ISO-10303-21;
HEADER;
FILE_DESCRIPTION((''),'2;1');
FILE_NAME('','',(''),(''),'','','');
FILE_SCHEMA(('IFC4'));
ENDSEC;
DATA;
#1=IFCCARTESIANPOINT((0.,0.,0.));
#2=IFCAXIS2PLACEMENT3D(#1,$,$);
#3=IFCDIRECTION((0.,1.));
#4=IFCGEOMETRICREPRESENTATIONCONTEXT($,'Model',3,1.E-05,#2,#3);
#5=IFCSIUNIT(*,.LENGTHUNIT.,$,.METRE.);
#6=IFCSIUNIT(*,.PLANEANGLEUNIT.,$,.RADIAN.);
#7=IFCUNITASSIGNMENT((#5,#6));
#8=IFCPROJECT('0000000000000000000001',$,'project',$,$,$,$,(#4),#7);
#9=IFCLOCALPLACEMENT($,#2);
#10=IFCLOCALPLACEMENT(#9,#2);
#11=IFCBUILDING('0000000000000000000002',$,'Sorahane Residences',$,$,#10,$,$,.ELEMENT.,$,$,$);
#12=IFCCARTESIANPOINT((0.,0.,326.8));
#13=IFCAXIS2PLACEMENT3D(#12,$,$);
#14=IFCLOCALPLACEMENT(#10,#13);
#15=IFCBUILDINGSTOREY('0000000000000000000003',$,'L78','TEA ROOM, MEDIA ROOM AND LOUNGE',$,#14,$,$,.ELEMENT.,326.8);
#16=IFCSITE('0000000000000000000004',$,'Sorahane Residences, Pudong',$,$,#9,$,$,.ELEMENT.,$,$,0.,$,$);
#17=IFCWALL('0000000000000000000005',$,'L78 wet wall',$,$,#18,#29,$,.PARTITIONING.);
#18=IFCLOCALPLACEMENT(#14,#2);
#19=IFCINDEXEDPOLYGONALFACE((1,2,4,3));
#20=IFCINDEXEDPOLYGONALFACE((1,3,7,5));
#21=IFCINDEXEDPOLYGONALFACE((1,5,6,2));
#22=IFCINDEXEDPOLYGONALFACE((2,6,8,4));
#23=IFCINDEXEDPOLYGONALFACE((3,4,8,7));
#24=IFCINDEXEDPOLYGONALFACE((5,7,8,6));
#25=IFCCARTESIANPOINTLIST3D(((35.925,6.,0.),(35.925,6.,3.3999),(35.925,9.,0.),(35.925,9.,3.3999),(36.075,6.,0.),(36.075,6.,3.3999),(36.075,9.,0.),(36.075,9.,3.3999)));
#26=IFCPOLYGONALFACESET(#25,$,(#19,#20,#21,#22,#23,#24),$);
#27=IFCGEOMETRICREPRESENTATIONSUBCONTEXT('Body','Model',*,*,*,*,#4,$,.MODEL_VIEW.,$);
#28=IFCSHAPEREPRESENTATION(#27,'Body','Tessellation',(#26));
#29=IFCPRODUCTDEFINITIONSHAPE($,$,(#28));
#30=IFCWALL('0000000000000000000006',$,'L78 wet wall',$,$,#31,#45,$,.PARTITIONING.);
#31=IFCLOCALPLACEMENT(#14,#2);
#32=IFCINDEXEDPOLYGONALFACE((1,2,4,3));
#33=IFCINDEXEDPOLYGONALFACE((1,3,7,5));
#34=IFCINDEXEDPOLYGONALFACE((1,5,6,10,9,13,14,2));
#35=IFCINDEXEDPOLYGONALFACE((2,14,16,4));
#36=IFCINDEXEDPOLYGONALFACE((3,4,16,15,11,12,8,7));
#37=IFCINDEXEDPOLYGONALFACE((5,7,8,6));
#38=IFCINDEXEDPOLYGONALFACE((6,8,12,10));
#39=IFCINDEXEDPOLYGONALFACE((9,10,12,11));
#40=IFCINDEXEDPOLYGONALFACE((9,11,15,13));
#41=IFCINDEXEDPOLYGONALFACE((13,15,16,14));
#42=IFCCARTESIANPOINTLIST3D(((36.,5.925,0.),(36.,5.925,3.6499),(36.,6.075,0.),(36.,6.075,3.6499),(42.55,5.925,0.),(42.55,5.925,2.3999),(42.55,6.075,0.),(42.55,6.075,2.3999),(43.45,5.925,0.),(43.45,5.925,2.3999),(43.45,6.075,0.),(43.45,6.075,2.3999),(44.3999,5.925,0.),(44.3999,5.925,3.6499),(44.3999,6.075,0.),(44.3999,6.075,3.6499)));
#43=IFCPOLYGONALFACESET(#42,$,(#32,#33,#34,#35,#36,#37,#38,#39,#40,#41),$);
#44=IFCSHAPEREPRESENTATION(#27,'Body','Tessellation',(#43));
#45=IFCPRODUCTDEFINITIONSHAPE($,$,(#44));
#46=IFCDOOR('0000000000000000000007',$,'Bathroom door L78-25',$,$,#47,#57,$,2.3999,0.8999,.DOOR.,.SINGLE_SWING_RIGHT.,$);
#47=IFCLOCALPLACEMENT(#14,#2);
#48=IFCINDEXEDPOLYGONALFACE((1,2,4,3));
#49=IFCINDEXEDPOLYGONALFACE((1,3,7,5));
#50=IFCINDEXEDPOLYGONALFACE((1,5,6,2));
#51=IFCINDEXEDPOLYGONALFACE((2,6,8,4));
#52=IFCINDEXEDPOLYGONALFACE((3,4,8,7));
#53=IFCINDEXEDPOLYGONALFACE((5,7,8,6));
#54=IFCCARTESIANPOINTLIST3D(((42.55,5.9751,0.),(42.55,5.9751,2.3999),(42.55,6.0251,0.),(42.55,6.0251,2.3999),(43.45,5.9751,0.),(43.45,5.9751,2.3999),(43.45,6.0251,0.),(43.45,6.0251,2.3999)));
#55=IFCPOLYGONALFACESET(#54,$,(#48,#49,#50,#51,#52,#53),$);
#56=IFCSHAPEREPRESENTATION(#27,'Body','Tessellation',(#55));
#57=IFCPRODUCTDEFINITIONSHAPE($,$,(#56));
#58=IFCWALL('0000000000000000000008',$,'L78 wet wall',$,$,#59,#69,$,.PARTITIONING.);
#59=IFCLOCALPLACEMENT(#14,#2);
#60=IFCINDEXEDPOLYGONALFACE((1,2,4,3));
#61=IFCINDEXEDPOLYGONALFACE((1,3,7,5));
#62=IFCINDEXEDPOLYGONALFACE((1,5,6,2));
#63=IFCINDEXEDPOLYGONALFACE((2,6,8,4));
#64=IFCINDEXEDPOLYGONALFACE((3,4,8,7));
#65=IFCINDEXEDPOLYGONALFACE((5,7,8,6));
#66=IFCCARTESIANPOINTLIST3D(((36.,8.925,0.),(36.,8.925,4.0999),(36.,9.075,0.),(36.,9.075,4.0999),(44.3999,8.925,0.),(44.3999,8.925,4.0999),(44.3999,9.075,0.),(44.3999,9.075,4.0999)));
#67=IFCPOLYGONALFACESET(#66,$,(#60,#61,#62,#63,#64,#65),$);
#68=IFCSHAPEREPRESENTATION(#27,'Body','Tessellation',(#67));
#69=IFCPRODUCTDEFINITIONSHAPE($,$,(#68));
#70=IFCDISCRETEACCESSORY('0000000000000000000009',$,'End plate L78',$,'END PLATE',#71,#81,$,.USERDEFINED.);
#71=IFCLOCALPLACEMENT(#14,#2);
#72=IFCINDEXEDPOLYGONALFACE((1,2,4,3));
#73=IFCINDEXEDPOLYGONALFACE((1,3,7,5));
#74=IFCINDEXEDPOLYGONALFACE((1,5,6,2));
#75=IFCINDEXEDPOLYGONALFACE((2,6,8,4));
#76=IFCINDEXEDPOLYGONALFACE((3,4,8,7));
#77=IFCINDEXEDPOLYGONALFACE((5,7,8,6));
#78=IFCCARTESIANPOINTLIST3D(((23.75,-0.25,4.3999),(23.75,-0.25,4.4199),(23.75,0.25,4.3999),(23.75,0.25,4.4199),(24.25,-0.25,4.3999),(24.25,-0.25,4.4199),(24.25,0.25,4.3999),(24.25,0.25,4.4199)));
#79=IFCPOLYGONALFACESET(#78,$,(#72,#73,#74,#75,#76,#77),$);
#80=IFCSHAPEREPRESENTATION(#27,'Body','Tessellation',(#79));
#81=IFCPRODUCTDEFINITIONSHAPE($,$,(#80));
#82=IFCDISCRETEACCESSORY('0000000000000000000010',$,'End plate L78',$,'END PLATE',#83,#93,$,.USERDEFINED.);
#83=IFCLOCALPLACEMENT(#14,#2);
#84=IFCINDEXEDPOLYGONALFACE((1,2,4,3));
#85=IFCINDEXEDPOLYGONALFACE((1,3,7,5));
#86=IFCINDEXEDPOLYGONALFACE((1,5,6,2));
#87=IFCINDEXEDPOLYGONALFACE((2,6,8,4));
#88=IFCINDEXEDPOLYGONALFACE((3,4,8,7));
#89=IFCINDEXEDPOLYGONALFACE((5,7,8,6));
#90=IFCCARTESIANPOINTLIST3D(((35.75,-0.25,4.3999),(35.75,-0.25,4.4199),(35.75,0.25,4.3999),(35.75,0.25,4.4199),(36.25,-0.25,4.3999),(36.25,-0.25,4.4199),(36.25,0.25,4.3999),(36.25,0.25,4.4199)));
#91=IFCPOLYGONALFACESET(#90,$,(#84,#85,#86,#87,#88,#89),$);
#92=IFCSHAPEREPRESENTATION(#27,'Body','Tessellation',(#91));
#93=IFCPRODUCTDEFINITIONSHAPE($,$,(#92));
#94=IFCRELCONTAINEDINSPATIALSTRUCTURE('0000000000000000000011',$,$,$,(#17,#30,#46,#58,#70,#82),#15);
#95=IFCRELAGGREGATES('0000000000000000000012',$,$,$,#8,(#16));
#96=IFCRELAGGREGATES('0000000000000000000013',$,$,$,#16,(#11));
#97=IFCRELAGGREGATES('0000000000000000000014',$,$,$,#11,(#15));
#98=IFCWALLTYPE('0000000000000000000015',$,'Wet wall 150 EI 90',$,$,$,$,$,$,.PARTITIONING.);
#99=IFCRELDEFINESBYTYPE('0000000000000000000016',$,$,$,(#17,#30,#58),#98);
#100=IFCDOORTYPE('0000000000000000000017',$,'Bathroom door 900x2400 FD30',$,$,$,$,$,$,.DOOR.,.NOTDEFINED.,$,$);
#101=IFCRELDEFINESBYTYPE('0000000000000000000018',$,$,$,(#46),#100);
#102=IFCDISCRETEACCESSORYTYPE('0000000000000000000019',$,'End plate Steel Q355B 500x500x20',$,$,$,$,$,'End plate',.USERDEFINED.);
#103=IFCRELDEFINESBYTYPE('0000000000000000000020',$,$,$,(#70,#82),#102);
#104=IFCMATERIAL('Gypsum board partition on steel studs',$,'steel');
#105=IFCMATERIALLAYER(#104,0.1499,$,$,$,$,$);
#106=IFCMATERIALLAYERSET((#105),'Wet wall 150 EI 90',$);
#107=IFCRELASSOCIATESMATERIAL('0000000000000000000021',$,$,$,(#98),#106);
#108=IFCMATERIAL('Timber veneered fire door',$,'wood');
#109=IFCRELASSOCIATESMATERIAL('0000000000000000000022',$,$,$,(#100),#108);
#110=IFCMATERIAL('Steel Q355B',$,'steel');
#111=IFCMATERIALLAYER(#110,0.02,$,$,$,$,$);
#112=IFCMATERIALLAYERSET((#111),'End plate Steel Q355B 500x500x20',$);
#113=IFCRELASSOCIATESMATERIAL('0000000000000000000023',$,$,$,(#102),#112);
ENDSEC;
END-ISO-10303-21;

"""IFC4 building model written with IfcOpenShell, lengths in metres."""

from ifc_helpers import new_model, si_unit, direction, frame, frame_2d, origin, origin_2d, place, context, subcontext, project, spatial, rectangle, extrude, material, layer, layer_set, type_object, element, fill, save


model = new_model("IFC4")

# Units and contexts
model_context = context("Model", 3, precision=1e-05, world=origin(), true_north=direction((0.0, 1.0)))
body_context = subcontext(model_context, "Body", "Model", "MODEL_VIEW")
ifc_project = project(units=[si_unit("LENGTHUNIT", "METRE"), si_unit("PLANEANGLEUNIT", "RADIAN")], contexts=[model_context])

# Site, building, storey
site_placement = place(None, origin())
site = spatial("IfcSite", under=ifc_project, at=site_placement, Name="Sorahane Residences, Pudong", CompositionType="ELEMENT", RefElevation=0.0)
building_placement = place(site_placement, origin())
building = spatial("IfcBuilding", under=site, at=building_placement, Name="Sorahane Residences", CompositionType="ELEMENT")
storey_placement = place(building_placement, frame((0.0, 0.0, 326.8)))
storey = spatial("IfcBuildingStorey", under=building, at=storey_placement, Name="L78", Description="TEA ROOM, MEDIA ROOM AND LOUNGE", CompositionType="ELEMENT", Elevation=326.8)

# Wall
ifc_material_1 = material(Name="Gypsum board partition on steel studs", Category="steel")
ifc_layer_1 = layer(ifc_material_1, 0.1499)
ifc_layer_set_1 = layer_set([ifc_layer_1], Name="Wet wall 150 EI 90")
wall_type_1 = type_object("IfcWallType", Name="Wet wall 150 EI 90", PredefinedType="PARTITIONING", material=ifc_layer_set_1)
wall_1_placement = place(storey_placement, frame((36.0, 6.0, 0.0), z_axis=(0.0, 0.0, 1.0), x_axis=(0.0, 1.0, 0.0)))
element("IfcWall", 1, at=wall_1_placement, inside=storey, type_object=wall_type_1, Name="L78 wet wall", PredefinedType="PARTITIONING", context=body_context, shape_type="SweptSolid", body=[
    extrude(rectangle(XDim=3.0, YDim=0.1499, at=frame_2d((1.5, 0.0))), origin(), (0.0, 0.0, 1.0), 3.3999),
])

# Wall, opening, door
wall_2_placement = place(storey_placement, frame((36.0, 6.0, 0.0), z_axis=(0.0, 0.0, 1.0), x_axis=(1.0, 0.0, 0.0)))
wall_2 = element("IfcWall", 2, at=wall_2_placement, inside=storey, type_object=wall_type_1, Name="L78 wet wall", PredefinedType="PARTITIONING", context=body_context, shape_type="SweptSolid", body=[
    extrude(rectangle(XDim=8.3999, YDim=0.1499, at=frame_2d((4.2, 0.0))), origin(), (0.0, 0.0, 1.0), 3.6499),
])
opening_placement = place(wall_2_placement, frame((6.55, 0.0, 0.0)))
opening = element("IfcOpeningElement", 3, at=opening_placement, cuts=wall_2, PredefinedType="OPENING", context=body_context, shape_type="SweptSolid", body=[
    extrude(rectangle(XDim=0.8999, YDim=2.3999, at=frame_2d((0.45, 1.2))), frame((0.0, 0.085, 0.0), z_axis=(0.0, -1.0, 0.0), x_axis=(1.0, 0.0, 0.0)), (0.0, 0.0, 1.0), 0.1699),
])
ifc_material_2 = material(Name="Timber veneered fire door", Category="wood")
door_type = type_object("IfcDoorType", Name="Bathroom door 900x2400 FD30", OperationType="NOTDEFINED", PredefinedType="DOOR", material=ifc_material_2)
door_placement = place(opening_placement, frame((0.8999, 0.0, 0.0), z_axis=(0.0, 0.0, 1.0), x_axis=(-1.0, 0.0, 0.0)))
door = element("IfcDoor", 4, at=door_placement, inside=storey, type_object=door_type, Name="Bathroom door L78-25", OperationType="SINGLE_SWING_RIGHT", OverallHeight=2.3999, OverallWidth=0.8999, PredefinedType="DOOR", context=body_context, shape_type="SweptSolid", body=[
    extrude(rectangle(XDim=0.8999, YDim=2.3999, at=frame_2d((0.45, 1.2))), frame((0.0, 0.0249, 0.0), z_axis=(0.0, -1.0, 0.0), x_axis=(1.0, 0.0, 0.0)), (0.0, 0.0, 1.0), 0.05),
])
fill(opening, door)

# Wall
wall_3_placement = place(storey_placement, frame((36.0, 9.0, 0.0), z_axis=(0.0, 0.0, 1.0), x_axis=(1.0, 0.0, 0.0)))
element("IfcWall", 5, at=wall_3_placement, inside=storey, type_object=wall_type_1, Name="L78 wet wall", PredefinedType="PARTITIONING", context=body_context, shape_type="SweptSolid", body=[
    extrude(rectangle(XDim=8.3999, YDim=0.1499, at=frame_2d((4.2, 0.0))), origin(), (0.0, 0.0, 1.0), 4.0999),
])

# Discrete accessories
ifc_material_3 = material(Name="Steel Q355B", Category="steel")
ifc_layer_2 = layer(ifc_material_3, 0.02)
ifc_layer_set_2 = layer_set([ifc_layer_2], Name="End plate Steel Q355B 500x500x20")
discrete_accessory_type = type_object("IfcDiscreteAccessoryType", Name="End plate Steel Q355B 500x500x20", ElementType="End plate", PredefinedType="USERDEFINED", material=ifc_layer_set_2)
for number, where, z_axis, x_axis, name in (
    (6, (24.0, 0.0, 4.3999), (0.0, 0.0, 1.0), (1.0, 0.0, 0.0), "End plate L78"),
    (7, (36.0, 0.0, 4.3999), (0.0, 0.0, 1.0), (1.0, 0.0, 0.0), "End plate L78"),
):
    element("IfcDiscreteAccessory", number, at=place(storey_placement, frame(where, z_axis=z_axis, x_axis=x_axis)), inside=storey, type_object=discrete_accessory_type, Name=name, ObjectType="END PLATE", PredefinedType="USERDEFINED", context=body_context, shape_type="SweptSolid", body=[
        extrude(rectangle(XDim=0.5, YDim=0.5, at=origin_2d()), origin(), (0.0, 0.0, 1.0), 0.02),
    ])

save(model, "model.ifc")
